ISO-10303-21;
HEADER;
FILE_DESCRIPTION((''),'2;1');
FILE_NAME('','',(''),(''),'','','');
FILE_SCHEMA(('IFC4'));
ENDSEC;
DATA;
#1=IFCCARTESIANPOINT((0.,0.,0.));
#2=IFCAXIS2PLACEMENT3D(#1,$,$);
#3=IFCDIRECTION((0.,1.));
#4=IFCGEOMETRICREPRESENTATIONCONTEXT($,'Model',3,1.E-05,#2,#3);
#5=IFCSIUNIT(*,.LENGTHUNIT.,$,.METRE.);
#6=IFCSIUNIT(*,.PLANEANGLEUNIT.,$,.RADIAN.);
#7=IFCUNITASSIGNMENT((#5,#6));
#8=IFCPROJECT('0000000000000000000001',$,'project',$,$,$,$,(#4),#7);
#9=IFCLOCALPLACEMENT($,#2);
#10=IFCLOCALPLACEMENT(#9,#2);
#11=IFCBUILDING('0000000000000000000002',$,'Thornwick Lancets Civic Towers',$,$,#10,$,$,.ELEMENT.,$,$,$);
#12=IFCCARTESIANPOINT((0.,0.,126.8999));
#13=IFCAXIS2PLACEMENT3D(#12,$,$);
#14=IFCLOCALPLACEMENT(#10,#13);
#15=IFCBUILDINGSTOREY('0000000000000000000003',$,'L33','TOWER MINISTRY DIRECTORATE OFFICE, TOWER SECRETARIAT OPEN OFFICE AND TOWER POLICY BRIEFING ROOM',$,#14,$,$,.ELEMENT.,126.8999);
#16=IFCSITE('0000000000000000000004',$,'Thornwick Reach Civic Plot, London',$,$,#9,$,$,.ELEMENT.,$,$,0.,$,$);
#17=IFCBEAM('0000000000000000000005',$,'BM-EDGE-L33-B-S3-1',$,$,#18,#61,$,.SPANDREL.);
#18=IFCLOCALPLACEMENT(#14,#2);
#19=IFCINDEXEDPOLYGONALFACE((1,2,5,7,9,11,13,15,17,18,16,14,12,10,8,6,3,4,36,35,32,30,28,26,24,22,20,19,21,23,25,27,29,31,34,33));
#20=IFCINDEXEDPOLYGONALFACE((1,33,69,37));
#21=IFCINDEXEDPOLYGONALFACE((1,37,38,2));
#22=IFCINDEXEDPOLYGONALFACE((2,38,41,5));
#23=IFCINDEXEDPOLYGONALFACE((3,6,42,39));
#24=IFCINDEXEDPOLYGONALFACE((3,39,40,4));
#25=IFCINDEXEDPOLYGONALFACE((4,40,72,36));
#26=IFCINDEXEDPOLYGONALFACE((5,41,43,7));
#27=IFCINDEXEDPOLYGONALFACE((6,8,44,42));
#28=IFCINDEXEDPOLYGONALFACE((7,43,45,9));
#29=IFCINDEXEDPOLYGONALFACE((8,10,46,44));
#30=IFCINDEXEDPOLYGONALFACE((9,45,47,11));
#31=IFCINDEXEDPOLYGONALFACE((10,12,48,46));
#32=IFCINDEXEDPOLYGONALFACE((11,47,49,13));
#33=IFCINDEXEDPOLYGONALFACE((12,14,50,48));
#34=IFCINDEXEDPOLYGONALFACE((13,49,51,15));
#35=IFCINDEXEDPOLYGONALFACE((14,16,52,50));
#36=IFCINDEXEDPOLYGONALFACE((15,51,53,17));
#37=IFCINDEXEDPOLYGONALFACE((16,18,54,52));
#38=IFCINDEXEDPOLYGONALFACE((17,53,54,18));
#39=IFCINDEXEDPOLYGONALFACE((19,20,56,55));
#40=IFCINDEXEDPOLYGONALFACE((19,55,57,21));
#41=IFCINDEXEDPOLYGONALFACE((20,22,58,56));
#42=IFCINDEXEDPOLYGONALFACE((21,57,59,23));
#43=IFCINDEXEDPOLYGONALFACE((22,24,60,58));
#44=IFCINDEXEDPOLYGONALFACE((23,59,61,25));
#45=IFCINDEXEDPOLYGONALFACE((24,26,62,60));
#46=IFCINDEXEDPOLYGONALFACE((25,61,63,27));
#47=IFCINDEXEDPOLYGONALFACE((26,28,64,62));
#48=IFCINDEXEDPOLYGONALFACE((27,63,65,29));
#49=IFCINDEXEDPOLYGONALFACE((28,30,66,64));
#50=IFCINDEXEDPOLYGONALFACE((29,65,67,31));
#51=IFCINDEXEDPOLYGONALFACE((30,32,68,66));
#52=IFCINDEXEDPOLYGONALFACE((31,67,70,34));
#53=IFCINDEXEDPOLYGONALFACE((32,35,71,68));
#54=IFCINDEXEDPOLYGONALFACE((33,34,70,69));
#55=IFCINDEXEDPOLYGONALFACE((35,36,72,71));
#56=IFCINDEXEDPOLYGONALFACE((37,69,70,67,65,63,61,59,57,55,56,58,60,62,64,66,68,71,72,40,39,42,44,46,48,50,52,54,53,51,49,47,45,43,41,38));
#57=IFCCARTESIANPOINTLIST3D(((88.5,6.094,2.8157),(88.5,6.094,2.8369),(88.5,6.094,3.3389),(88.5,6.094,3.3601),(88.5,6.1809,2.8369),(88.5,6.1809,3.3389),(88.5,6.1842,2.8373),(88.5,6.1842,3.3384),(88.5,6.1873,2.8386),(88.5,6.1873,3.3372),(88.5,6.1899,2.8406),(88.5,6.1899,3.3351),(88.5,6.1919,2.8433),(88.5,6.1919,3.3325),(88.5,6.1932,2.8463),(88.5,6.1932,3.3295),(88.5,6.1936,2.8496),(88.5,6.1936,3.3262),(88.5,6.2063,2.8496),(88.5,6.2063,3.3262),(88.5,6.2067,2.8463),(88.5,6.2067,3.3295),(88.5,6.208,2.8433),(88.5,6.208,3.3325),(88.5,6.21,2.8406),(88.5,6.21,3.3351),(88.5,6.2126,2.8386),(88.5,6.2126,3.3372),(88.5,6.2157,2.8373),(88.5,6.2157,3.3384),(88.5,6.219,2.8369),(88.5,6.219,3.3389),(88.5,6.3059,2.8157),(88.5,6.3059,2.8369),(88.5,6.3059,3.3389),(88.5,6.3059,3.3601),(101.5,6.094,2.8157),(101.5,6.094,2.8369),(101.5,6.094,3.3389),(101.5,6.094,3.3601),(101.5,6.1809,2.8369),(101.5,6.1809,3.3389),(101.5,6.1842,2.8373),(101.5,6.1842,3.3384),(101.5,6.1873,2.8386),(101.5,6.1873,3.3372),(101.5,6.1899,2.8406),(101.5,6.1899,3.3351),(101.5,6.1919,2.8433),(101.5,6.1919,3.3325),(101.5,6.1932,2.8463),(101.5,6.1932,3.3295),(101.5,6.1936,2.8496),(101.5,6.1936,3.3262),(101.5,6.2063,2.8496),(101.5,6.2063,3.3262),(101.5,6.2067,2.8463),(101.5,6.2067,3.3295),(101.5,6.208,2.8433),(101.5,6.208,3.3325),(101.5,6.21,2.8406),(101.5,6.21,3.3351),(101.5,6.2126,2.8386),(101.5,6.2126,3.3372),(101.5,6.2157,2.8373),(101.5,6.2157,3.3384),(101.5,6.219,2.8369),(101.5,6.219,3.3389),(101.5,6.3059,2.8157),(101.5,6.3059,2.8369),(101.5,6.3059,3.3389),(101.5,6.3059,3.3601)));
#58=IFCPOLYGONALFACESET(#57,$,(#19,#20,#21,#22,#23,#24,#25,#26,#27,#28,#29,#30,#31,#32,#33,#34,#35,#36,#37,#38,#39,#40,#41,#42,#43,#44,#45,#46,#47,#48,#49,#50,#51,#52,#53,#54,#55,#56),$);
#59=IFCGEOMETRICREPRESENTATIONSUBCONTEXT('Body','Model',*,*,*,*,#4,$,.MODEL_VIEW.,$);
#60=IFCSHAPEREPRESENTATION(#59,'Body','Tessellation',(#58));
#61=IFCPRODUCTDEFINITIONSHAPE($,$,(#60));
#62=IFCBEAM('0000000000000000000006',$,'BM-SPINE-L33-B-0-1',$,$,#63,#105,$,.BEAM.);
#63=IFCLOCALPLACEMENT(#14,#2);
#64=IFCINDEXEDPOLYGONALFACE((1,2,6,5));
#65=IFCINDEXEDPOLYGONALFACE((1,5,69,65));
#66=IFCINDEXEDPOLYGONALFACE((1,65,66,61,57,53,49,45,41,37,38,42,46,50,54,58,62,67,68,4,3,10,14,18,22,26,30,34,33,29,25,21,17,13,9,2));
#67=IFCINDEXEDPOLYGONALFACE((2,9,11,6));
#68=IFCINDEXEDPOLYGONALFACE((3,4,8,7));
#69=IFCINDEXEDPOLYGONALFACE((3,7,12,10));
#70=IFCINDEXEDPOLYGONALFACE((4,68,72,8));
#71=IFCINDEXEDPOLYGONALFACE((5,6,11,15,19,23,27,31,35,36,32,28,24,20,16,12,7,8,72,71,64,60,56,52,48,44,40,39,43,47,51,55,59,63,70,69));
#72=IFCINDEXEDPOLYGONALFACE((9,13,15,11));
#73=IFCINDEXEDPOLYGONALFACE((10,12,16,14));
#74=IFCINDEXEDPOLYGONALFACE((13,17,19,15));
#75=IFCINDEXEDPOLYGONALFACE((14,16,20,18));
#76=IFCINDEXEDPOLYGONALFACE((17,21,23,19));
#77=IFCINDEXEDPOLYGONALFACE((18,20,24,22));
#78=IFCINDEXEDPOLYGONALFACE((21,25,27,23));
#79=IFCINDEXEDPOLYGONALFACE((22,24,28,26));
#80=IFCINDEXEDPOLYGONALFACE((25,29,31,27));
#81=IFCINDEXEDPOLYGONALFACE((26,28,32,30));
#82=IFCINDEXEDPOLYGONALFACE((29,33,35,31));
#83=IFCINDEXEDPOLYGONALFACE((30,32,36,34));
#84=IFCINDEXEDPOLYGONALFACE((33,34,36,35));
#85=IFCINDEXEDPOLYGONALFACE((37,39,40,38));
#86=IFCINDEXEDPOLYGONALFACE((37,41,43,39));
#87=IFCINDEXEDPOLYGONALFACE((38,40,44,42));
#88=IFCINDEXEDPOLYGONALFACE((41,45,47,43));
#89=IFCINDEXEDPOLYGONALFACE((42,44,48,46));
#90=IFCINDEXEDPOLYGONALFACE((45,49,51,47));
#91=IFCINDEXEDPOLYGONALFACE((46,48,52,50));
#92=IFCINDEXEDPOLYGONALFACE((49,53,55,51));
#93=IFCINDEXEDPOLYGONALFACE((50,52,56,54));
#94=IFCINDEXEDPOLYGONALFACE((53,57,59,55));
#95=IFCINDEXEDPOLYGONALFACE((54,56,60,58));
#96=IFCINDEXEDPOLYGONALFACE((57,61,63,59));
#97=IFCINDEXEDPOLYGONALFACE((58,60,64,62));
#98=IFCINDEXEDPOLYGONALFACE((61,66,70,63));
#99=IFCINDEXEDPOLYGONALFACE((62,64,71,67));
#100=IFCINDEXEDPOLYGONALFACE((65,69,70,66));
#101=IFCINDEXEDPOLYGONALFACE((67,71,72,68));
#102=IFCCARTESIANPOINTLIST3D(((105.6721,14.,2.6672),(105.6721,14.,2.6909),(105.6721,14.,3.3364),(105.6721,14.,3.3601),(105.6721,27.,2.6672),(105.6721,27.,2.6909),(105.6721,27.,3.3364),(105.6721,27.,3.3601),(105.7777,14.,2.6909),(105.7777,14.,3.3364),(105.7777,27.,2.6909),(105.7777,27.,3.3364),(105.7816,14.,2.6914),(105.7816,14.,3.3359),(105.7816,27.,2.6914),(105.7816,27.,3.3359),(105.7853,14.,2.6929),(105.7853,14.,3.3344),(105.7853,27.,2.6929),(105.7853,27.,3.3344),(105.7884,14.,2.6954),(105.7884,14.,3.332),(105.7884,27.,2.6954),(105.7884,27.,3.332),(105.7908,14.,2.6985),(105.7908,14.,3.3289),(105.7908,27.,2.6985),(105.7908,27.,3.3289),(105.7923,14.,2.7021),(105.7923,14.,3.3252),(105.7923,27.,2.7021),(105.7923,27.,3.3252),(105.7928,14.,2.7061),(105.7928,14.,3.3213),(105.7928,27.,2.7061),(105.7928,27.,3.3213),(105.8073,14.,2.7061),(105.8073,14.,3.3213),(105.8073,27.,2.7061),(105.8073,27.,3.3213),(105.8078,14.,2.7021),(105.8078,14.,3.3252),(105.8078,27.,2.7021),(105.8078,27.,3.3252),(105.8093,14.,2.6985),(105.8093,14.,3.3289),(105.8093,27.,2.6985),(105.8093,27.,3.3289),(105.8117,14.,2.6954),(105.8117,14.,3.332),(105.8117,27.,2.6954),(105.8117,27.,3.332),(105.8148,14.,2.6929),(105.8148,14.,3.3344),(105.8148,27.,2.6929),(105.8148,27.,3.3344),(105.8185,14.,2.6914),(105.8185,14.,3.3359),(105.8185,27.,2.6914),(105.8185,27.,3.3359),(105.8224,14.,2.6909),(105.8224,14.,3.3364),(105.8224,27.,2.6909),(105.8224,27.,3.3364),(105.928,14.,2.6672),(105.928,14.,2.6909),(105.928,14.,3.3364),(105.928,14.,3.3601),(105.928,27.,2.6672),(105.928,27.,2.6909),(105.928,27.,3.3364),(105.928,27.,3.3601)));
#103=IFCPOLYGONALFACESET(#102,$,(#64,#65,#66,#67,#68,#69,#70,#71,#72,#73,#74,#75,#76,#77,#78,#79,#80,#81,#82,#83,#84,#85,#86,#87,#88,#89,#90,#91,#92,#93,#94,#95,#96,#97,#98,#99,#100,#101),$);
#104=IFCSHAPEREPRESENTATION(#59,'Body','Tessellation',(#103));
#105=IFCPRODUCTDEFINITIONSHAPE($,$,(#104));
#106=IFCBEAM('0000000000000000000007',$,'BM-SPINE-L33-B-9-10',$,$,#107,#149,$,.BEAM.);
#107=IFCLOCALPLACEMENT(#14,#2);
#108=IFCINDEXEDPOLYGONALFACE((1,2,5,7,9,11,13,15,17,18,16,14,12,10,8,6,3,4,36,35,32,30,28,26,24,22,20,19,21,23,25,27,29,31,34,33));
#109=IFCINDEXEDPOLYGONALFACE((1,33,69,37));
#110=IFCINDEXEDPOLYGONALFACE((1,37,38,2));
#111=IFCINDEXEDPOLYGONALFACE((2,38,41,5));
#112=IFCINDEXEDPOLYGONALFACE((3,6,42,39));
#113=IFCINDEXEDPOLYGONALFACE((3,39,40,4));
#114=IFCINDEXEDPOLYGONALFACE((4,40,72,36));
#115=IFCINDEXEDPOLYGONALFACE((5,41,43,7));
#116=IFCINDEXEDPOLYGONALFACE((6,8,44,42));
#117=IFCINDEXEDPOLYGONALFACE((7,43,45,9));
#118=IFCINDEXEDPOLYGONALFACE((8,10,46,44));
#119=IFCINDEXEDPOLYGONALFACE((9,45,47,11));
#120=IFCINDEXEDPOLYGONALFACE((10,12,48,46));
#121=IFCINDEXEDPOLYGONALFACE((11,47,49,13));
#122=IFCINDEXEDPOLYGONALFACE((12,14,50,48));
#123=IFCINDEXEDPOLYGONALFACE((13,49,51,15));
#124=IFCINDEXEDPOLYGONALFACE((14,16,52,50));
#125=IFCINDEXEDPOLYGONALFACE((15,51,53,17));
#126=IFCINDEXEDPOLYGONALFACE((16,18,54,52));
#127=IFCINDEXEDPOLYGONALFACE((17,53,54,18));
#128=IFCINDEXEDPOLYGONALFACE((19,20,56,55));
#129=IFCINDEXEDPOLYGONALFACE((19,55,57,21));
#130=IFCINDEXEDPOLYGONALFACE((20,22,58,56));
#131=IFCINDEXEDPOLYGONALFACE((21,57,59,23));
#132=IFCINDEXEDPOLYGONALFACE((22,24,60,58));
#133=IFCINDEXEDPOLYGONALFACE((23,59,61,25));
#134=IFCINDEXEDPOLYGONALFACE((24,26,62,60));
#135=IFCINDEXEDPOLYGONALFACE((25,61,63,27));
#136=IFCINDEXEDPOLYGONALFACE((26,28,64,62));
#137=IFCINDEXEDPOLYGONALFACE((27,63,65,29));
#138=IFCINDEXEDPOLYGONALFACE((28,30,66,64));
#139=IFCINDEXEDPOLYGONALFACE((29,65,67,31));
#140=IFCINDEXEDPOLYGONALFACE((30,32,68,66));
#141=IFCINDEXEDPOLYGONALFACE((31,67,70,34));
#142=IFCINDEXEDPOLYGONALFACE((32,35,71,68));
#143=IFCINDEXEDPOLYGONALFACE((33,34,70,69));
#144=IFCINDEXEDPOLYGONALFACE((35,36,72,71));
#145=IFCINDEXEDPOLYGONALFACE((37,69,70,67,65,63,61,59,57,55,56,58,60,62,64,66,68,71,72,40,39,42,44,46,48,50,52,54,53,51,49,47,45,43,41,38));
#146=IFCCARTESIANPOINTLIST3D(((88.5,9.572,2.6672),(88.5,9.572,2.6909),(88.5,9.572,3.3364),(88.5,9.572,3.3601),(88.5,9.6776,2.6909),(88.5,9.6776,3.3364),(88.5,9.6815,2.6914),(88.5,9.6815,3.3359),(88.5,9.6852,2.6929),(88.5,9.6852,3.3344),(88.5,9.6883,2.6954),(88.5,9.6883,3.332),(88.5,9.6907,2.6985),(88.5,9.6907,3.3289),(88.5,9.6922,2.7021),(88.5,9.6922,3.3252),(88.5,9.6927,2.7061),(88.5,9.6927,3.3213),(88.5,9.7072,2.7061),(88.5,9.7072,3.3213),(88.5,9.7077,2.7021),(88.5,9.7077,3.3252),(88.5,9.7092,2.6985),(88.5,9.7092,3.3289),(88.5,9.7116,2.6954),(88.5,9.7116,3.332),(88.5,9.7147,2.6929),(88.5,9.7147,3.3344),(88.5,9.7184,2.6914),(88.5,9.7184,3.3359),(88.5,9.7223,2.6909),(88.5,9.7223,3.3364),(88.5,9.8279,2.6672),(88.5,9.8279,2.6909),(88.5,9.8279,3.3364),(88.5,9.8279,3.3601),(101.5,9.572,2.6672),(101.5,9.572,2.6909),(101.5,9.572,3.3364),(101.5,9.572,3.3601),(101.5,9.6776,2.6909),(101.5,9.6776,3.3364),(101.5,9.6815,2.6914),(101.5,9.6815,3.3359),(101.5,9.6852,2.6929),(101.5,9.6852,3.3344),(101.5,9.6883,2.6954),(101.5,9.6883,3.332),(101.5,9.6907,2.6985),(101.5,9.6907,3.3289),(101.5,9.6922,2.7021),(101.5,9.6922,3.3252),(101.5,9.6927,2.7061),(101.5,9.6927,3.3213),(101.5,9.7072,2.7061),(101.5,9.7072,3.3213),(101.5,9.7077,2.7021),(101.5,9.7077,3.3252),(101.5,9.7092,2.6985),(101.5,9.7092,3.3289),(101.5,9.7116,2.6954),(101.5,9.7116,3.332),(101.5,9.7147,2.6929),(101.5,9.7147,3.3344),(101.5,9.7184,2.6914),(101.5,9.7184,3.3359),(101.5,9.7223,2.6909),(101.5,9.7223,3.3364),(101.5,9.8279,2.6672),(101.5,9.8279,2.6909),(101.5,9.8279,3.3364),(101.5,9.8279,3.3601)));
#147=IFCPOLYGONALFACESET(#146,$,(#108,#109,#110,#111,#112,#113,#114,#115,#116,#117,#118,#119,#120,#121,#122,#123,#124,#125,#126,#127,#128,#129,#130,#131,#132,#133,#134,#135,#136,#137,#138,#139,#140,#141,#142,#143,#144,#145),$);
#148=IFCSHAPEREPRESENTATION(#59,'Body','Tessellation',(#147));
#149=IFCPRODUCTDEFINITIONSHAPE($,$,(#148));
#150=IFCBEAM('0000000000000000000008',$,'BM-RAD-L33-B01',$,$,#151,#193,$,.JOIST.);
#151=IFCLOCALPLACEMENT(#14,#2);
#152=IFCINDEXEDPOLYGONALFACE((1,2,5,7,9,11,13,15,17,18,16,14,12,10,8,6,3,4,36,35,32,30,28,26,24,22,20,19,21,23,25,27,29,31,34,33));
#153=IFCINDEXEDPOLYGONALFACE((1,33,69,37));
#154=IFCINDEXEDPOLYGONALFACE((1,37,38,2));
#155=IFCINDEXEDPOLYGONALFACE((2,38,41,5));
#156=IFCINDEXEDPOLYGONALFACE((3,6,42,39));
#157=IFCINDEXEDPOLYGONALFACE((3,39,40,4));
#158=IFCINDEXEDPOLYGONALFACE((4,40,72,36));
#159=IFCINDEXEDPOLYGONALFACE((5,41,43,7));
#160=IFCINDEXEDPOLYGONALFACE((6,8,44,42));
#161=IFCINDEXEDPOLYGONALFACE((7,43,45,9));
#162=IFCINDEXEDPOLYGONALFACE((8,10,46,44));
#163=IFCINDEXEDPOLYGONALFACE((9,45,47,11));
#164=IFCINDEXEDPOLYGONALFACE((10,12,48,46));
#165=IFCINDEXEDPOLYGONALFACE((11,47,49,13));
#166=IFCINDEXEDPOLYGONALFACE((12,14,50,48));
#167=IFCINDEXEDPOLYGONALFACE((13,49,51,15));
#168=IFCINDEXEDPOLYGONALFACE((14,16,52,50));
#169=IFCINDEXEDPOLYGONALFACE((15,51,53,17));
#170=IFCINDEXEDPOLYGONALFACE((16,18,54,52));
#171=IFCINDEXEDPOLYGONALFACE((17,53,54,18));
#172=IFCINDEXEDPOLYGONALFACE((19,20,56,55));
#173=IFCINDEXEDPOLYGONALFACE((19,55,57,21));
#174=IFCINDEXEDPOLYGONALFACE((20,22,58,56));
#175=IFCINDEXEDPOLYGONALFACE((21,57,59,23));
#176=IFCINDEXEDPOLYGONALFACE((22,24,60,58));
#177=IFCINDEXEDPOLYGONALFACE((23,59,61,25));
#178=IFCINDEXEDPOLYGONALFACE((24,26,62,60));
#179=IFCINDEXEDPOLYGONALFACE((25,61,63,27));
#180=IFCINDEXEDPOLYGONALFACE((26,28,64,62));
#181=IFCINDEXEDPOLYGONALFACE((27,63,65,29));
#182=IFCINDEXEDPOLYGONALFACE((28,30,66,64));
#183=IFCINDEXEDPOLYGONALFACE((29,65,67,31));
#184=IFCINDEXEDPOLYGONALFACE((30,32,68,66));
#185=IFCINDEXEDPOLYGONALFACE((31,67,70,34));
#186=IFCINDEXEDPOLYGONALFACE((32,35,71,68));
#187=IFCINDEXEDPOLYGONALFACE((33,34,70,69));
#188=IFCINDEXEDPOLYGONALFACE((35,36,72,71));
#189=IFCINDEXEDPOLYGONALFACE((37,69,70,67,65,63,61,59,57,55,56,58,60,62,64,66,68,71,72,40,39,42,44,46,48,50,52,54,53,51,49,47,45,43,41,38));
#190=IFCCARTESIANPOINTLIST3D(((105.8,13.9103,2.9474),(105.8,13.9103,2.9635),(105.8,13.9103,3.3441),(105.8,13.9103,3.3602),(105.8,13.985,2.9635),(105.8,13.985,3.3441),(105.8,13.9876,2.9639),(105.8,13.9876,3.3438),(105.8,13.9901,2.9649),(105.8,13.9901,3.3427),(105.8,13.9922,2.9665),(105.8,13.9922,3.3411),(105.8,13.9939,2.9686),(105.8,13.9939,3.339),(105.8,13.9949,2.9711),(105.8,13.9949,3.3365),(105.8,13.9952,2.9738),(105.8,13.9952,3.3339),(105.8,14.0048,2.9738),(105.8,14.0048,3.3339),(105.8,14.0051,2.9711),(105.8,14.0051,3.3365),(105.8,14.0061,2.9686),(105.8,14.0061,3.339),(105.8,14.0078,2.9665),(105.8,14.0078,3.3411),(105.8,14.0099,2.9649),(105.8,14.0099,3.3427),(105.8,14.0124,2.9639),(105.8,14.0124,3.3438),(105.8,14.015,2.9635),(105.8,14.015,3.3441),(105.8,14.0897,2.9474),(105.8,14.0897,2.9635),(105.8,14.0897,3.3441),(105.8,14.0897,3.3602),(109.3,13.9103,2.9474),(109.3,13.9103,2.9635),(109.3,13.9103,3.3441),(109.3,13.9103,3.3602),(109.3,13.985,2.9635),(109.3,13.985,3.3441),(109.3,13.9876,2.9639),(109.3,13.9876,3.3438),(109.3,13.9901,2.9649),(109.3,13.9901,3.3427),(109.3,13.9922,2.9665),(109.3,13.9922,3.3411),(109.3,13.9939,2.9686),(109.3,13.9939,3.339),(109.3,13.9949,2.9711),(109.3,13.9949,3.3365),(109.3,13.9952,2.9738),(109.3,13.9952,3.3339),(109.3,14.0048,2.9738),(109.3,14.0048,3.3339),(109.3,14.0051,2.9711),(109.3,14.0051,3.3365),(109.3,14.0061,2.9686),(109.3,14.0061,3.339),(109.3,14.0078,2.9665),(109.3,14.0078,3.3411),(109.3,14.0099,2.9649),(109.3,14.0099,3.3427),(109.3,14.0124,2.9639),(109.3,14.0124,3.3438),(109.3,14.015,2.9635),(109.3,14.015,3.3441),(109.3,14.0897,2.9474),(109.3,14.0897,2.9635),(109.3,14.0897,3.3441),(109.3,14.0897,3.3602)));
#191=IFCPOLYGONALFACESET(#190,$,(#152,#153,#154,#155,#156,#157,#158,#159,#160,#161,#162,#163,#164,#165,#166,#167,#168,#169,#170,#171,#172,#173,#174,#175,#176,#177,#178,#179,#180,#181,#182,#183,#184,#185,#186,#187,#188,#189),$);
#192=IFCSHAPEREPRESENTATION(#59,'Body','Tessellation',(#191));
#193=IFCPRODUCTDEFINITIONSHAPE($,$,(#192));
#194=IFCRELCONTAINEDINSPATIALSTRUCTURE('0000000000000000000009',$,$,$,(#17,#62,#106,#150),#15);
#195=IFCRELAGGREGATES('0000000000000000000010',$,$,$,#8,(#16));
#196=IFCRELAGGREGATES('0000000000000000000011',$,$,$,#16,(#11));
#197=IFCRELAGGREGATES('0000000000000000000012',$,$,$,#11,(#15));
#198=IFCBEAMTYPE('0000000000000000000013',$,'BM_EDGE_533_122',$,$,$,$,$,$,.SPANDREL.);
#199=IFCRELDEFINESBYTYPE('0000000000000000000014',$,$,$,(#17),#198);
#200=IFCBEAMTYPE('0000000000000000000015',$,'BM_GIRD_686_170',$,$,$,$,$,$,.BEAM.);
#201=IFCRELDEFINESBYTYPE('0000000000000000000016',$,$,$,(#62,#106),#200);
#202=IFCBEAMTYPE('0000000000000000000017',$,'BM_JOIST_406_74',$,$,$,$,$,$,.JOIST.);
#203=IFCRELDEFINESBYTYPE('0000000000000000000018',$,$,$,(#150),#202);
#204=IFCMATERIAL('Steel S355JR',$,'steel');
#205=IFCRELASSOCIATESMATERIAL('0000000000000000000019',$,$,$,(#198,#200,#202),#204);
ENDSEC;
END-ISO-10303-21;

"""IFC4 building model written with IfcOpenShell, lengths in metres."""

from ifc_helpers import new_model, si_unit, direction, frame, origin, origin_2d, place, context, subcontext, project, spatial, i_section, extrude, material, material_profile, profile_set, type_object, element, save


model = new_model("IFC4")

# Units and contexts
model_context = context("Model", 3, precision=1e-05, world=origin(), true_north=direction((0.0, 1.0)))
body_context = subcontext(model_context, "Body", "Model", "MODEL_VIEW")
ifc_project = project(units=[si_unit("LENGTHUNIT", "METRE"), si_unit("PLANEANGLEUNIT", "RADIAN")], contexts=[model_context])

# Site, building, storey
site_placement = place(None, origin())
site = spatial("IfcSite", under=ifc_project, at=site_placement, Name="Thornwick Reach Civic Plot, London", CompositionType="ELEMENT", RefElevation=0.0)
building_placement = place(site_placement, origin())
building = spatial("IfcBuilding", under=site, at=building_placement, Name="Thornwick Lancets Civic Towers", CompositionType="ELEMENT")
storey_placement = place(building_placement, frame((0.0, 0.0, 126.8999)))
storey = spatial("IfcBuildingStorey", under=building, at=storey_placement, Name="L33", Description="TOWER MINISTRY DIRECTORATE OFFICE, TOWER SECRETARIAT OPEN OFFICE AND TOWER POLICY BRIEFING ROOM", CompositionType="ELEMENT", Elevation=126.8999)

# Beams
ifc_material_1 = material(Name="Steel S355JR", Category="steel")
ifc_material_profile_1 = material_profile(ifc_material_1, i_section(OverallWidth=0.2119, OverallDepth=0.5444, WebThickness=0.0127, FlangeThickness=0.0212, FilletRadius=0.0127, at=origin_2d()), Name="UKB 533x210x122")
ifc_profile_set_1 = profile_set([ifc_material_profile_1], Name="Steel S355JR")
beam_type_1 = type_object("IfcBeamType", Name="BM_EDGE_533_122", PredefinedType="SPANDREL", material=ifc_profile_set_1)
for number, where, z_axis, x_axis, name in (
    (1, (101.5, 6.2, 3.0879), (-1.0, 0.0, 0.0), (0.0, -1.0, 0.0), "BM-EDGE-L33-B-S3-1"),
):
    element("IfcBeam", number, at=place(storey_placement, frame(where, z_axis=z_axis, x_axis=x_axis)), inside=storey, type_object=beam_type_1, Name=name, PredefinedType="SPANDREL", context=body_context, shape_type="SweptSolid", body=[
        extrude(i_section(OverallWidth=0.2119, OverallDepth=0.5444, WebThickness=0.0127, FlangeThickness=0.0212, FilletRadius=0.0127, at=origin_2d()), origin(), (0.0, 0.0, 1.0), 13.0),
    ])
ifc_material_profile_2 = material_profile(ifc_material_1, i_section(OverallWidth=0.2559, OverallDepth=0.6929, WebThickness=0.0144, FlangeThickness=0.0237, FilletRadius=0.0151, at=origin_2d()), Name="UKB 686x254x170")
ifc_profile_set_2 = profile_set([ifc_material_profile_2], Name="Steel S355JR")
beam_type_2 = type_object("IfcBeamType", Name="BM_GIRD_686_170", PredefinedType="BEAM", material=ifc_profile_set_2)
for number, where, z_axis, x_axis, name in (
    (2, (105.8, 14.0, 3.0137), (0.0, 1.0, 0.0), (-1.0, 0.0, 0.0), "BM-SPINE-L33-B-0-1"),
    (3, (101.5, 9.7, 3.0137), (-1.0, 0.0, 0.0), (0.0, -1.0, 0.0), "BM-SPINE-L33-B-9-10"),
):
    element("IfcBeam", number, at=place(storey_placement, frame(where, z_axis=z_axis, x_axis=x_axis)), inside=storey, type_object=beam_type_2, Name=name, PredefinedType="BEAM", context=body_context, shape_type="SweptSolid", body=[
        extrude(i_section(OverallWidth=0.2559, OverallDepth=0.6929, WebThickness=0.0144, FlangeThickness=0.0237, FilletRadius=0.0151, at=origin_2d()), origin(), (0.0, 0.0, 1.0), 13.0),
    ])
ifc_material_profile_3 = material_profile(ifc_material_1, i_section(OverallWidth=0.1794, OverallDepth=0.4128, WebThickness=0.0095, FlangeThickness=0.0161, FilletRadius=0.0103, at=origin_2d()), Name="UKB 406x178x74")
ifc_profile_set_3 = profile_set([ifc_material_profile_3], Name="Steel S355JR")
beam_type_3 = type_object("IfcBeamType", Name="BM_JOIST_406_74", PredefinedType="JOIST", material=ifc_profile_set_3)
for number, where, z_axis, x_axis, name in (
    (4, (105.8, 14.0, 3.1538), (1.0, 0.0, 0.0), (0.0, 1.0, 0.0), "BM-RAD-L33-B01"),
):
    element("IfcBeam", number, at=place(storey_placement, frame(where, z_axis=z_axis, x_axis=x_axis)), inside=storey, type_object=beam_type_3, Name=name, PredefinedType="JOIST", context=body_context, shape_type="SweptSolid", body=[
        extrude(i_section(OverallWidth=0.1794, OverallDepth=0.4128, WebThickness=0.0095, FlangeThickness=0.0161, FilletRadius=0.0103, at=origin_2d()), origin(), (0.0, 0.0, 1.0), 3.5),
    ])

save(model, "model.ifc")
